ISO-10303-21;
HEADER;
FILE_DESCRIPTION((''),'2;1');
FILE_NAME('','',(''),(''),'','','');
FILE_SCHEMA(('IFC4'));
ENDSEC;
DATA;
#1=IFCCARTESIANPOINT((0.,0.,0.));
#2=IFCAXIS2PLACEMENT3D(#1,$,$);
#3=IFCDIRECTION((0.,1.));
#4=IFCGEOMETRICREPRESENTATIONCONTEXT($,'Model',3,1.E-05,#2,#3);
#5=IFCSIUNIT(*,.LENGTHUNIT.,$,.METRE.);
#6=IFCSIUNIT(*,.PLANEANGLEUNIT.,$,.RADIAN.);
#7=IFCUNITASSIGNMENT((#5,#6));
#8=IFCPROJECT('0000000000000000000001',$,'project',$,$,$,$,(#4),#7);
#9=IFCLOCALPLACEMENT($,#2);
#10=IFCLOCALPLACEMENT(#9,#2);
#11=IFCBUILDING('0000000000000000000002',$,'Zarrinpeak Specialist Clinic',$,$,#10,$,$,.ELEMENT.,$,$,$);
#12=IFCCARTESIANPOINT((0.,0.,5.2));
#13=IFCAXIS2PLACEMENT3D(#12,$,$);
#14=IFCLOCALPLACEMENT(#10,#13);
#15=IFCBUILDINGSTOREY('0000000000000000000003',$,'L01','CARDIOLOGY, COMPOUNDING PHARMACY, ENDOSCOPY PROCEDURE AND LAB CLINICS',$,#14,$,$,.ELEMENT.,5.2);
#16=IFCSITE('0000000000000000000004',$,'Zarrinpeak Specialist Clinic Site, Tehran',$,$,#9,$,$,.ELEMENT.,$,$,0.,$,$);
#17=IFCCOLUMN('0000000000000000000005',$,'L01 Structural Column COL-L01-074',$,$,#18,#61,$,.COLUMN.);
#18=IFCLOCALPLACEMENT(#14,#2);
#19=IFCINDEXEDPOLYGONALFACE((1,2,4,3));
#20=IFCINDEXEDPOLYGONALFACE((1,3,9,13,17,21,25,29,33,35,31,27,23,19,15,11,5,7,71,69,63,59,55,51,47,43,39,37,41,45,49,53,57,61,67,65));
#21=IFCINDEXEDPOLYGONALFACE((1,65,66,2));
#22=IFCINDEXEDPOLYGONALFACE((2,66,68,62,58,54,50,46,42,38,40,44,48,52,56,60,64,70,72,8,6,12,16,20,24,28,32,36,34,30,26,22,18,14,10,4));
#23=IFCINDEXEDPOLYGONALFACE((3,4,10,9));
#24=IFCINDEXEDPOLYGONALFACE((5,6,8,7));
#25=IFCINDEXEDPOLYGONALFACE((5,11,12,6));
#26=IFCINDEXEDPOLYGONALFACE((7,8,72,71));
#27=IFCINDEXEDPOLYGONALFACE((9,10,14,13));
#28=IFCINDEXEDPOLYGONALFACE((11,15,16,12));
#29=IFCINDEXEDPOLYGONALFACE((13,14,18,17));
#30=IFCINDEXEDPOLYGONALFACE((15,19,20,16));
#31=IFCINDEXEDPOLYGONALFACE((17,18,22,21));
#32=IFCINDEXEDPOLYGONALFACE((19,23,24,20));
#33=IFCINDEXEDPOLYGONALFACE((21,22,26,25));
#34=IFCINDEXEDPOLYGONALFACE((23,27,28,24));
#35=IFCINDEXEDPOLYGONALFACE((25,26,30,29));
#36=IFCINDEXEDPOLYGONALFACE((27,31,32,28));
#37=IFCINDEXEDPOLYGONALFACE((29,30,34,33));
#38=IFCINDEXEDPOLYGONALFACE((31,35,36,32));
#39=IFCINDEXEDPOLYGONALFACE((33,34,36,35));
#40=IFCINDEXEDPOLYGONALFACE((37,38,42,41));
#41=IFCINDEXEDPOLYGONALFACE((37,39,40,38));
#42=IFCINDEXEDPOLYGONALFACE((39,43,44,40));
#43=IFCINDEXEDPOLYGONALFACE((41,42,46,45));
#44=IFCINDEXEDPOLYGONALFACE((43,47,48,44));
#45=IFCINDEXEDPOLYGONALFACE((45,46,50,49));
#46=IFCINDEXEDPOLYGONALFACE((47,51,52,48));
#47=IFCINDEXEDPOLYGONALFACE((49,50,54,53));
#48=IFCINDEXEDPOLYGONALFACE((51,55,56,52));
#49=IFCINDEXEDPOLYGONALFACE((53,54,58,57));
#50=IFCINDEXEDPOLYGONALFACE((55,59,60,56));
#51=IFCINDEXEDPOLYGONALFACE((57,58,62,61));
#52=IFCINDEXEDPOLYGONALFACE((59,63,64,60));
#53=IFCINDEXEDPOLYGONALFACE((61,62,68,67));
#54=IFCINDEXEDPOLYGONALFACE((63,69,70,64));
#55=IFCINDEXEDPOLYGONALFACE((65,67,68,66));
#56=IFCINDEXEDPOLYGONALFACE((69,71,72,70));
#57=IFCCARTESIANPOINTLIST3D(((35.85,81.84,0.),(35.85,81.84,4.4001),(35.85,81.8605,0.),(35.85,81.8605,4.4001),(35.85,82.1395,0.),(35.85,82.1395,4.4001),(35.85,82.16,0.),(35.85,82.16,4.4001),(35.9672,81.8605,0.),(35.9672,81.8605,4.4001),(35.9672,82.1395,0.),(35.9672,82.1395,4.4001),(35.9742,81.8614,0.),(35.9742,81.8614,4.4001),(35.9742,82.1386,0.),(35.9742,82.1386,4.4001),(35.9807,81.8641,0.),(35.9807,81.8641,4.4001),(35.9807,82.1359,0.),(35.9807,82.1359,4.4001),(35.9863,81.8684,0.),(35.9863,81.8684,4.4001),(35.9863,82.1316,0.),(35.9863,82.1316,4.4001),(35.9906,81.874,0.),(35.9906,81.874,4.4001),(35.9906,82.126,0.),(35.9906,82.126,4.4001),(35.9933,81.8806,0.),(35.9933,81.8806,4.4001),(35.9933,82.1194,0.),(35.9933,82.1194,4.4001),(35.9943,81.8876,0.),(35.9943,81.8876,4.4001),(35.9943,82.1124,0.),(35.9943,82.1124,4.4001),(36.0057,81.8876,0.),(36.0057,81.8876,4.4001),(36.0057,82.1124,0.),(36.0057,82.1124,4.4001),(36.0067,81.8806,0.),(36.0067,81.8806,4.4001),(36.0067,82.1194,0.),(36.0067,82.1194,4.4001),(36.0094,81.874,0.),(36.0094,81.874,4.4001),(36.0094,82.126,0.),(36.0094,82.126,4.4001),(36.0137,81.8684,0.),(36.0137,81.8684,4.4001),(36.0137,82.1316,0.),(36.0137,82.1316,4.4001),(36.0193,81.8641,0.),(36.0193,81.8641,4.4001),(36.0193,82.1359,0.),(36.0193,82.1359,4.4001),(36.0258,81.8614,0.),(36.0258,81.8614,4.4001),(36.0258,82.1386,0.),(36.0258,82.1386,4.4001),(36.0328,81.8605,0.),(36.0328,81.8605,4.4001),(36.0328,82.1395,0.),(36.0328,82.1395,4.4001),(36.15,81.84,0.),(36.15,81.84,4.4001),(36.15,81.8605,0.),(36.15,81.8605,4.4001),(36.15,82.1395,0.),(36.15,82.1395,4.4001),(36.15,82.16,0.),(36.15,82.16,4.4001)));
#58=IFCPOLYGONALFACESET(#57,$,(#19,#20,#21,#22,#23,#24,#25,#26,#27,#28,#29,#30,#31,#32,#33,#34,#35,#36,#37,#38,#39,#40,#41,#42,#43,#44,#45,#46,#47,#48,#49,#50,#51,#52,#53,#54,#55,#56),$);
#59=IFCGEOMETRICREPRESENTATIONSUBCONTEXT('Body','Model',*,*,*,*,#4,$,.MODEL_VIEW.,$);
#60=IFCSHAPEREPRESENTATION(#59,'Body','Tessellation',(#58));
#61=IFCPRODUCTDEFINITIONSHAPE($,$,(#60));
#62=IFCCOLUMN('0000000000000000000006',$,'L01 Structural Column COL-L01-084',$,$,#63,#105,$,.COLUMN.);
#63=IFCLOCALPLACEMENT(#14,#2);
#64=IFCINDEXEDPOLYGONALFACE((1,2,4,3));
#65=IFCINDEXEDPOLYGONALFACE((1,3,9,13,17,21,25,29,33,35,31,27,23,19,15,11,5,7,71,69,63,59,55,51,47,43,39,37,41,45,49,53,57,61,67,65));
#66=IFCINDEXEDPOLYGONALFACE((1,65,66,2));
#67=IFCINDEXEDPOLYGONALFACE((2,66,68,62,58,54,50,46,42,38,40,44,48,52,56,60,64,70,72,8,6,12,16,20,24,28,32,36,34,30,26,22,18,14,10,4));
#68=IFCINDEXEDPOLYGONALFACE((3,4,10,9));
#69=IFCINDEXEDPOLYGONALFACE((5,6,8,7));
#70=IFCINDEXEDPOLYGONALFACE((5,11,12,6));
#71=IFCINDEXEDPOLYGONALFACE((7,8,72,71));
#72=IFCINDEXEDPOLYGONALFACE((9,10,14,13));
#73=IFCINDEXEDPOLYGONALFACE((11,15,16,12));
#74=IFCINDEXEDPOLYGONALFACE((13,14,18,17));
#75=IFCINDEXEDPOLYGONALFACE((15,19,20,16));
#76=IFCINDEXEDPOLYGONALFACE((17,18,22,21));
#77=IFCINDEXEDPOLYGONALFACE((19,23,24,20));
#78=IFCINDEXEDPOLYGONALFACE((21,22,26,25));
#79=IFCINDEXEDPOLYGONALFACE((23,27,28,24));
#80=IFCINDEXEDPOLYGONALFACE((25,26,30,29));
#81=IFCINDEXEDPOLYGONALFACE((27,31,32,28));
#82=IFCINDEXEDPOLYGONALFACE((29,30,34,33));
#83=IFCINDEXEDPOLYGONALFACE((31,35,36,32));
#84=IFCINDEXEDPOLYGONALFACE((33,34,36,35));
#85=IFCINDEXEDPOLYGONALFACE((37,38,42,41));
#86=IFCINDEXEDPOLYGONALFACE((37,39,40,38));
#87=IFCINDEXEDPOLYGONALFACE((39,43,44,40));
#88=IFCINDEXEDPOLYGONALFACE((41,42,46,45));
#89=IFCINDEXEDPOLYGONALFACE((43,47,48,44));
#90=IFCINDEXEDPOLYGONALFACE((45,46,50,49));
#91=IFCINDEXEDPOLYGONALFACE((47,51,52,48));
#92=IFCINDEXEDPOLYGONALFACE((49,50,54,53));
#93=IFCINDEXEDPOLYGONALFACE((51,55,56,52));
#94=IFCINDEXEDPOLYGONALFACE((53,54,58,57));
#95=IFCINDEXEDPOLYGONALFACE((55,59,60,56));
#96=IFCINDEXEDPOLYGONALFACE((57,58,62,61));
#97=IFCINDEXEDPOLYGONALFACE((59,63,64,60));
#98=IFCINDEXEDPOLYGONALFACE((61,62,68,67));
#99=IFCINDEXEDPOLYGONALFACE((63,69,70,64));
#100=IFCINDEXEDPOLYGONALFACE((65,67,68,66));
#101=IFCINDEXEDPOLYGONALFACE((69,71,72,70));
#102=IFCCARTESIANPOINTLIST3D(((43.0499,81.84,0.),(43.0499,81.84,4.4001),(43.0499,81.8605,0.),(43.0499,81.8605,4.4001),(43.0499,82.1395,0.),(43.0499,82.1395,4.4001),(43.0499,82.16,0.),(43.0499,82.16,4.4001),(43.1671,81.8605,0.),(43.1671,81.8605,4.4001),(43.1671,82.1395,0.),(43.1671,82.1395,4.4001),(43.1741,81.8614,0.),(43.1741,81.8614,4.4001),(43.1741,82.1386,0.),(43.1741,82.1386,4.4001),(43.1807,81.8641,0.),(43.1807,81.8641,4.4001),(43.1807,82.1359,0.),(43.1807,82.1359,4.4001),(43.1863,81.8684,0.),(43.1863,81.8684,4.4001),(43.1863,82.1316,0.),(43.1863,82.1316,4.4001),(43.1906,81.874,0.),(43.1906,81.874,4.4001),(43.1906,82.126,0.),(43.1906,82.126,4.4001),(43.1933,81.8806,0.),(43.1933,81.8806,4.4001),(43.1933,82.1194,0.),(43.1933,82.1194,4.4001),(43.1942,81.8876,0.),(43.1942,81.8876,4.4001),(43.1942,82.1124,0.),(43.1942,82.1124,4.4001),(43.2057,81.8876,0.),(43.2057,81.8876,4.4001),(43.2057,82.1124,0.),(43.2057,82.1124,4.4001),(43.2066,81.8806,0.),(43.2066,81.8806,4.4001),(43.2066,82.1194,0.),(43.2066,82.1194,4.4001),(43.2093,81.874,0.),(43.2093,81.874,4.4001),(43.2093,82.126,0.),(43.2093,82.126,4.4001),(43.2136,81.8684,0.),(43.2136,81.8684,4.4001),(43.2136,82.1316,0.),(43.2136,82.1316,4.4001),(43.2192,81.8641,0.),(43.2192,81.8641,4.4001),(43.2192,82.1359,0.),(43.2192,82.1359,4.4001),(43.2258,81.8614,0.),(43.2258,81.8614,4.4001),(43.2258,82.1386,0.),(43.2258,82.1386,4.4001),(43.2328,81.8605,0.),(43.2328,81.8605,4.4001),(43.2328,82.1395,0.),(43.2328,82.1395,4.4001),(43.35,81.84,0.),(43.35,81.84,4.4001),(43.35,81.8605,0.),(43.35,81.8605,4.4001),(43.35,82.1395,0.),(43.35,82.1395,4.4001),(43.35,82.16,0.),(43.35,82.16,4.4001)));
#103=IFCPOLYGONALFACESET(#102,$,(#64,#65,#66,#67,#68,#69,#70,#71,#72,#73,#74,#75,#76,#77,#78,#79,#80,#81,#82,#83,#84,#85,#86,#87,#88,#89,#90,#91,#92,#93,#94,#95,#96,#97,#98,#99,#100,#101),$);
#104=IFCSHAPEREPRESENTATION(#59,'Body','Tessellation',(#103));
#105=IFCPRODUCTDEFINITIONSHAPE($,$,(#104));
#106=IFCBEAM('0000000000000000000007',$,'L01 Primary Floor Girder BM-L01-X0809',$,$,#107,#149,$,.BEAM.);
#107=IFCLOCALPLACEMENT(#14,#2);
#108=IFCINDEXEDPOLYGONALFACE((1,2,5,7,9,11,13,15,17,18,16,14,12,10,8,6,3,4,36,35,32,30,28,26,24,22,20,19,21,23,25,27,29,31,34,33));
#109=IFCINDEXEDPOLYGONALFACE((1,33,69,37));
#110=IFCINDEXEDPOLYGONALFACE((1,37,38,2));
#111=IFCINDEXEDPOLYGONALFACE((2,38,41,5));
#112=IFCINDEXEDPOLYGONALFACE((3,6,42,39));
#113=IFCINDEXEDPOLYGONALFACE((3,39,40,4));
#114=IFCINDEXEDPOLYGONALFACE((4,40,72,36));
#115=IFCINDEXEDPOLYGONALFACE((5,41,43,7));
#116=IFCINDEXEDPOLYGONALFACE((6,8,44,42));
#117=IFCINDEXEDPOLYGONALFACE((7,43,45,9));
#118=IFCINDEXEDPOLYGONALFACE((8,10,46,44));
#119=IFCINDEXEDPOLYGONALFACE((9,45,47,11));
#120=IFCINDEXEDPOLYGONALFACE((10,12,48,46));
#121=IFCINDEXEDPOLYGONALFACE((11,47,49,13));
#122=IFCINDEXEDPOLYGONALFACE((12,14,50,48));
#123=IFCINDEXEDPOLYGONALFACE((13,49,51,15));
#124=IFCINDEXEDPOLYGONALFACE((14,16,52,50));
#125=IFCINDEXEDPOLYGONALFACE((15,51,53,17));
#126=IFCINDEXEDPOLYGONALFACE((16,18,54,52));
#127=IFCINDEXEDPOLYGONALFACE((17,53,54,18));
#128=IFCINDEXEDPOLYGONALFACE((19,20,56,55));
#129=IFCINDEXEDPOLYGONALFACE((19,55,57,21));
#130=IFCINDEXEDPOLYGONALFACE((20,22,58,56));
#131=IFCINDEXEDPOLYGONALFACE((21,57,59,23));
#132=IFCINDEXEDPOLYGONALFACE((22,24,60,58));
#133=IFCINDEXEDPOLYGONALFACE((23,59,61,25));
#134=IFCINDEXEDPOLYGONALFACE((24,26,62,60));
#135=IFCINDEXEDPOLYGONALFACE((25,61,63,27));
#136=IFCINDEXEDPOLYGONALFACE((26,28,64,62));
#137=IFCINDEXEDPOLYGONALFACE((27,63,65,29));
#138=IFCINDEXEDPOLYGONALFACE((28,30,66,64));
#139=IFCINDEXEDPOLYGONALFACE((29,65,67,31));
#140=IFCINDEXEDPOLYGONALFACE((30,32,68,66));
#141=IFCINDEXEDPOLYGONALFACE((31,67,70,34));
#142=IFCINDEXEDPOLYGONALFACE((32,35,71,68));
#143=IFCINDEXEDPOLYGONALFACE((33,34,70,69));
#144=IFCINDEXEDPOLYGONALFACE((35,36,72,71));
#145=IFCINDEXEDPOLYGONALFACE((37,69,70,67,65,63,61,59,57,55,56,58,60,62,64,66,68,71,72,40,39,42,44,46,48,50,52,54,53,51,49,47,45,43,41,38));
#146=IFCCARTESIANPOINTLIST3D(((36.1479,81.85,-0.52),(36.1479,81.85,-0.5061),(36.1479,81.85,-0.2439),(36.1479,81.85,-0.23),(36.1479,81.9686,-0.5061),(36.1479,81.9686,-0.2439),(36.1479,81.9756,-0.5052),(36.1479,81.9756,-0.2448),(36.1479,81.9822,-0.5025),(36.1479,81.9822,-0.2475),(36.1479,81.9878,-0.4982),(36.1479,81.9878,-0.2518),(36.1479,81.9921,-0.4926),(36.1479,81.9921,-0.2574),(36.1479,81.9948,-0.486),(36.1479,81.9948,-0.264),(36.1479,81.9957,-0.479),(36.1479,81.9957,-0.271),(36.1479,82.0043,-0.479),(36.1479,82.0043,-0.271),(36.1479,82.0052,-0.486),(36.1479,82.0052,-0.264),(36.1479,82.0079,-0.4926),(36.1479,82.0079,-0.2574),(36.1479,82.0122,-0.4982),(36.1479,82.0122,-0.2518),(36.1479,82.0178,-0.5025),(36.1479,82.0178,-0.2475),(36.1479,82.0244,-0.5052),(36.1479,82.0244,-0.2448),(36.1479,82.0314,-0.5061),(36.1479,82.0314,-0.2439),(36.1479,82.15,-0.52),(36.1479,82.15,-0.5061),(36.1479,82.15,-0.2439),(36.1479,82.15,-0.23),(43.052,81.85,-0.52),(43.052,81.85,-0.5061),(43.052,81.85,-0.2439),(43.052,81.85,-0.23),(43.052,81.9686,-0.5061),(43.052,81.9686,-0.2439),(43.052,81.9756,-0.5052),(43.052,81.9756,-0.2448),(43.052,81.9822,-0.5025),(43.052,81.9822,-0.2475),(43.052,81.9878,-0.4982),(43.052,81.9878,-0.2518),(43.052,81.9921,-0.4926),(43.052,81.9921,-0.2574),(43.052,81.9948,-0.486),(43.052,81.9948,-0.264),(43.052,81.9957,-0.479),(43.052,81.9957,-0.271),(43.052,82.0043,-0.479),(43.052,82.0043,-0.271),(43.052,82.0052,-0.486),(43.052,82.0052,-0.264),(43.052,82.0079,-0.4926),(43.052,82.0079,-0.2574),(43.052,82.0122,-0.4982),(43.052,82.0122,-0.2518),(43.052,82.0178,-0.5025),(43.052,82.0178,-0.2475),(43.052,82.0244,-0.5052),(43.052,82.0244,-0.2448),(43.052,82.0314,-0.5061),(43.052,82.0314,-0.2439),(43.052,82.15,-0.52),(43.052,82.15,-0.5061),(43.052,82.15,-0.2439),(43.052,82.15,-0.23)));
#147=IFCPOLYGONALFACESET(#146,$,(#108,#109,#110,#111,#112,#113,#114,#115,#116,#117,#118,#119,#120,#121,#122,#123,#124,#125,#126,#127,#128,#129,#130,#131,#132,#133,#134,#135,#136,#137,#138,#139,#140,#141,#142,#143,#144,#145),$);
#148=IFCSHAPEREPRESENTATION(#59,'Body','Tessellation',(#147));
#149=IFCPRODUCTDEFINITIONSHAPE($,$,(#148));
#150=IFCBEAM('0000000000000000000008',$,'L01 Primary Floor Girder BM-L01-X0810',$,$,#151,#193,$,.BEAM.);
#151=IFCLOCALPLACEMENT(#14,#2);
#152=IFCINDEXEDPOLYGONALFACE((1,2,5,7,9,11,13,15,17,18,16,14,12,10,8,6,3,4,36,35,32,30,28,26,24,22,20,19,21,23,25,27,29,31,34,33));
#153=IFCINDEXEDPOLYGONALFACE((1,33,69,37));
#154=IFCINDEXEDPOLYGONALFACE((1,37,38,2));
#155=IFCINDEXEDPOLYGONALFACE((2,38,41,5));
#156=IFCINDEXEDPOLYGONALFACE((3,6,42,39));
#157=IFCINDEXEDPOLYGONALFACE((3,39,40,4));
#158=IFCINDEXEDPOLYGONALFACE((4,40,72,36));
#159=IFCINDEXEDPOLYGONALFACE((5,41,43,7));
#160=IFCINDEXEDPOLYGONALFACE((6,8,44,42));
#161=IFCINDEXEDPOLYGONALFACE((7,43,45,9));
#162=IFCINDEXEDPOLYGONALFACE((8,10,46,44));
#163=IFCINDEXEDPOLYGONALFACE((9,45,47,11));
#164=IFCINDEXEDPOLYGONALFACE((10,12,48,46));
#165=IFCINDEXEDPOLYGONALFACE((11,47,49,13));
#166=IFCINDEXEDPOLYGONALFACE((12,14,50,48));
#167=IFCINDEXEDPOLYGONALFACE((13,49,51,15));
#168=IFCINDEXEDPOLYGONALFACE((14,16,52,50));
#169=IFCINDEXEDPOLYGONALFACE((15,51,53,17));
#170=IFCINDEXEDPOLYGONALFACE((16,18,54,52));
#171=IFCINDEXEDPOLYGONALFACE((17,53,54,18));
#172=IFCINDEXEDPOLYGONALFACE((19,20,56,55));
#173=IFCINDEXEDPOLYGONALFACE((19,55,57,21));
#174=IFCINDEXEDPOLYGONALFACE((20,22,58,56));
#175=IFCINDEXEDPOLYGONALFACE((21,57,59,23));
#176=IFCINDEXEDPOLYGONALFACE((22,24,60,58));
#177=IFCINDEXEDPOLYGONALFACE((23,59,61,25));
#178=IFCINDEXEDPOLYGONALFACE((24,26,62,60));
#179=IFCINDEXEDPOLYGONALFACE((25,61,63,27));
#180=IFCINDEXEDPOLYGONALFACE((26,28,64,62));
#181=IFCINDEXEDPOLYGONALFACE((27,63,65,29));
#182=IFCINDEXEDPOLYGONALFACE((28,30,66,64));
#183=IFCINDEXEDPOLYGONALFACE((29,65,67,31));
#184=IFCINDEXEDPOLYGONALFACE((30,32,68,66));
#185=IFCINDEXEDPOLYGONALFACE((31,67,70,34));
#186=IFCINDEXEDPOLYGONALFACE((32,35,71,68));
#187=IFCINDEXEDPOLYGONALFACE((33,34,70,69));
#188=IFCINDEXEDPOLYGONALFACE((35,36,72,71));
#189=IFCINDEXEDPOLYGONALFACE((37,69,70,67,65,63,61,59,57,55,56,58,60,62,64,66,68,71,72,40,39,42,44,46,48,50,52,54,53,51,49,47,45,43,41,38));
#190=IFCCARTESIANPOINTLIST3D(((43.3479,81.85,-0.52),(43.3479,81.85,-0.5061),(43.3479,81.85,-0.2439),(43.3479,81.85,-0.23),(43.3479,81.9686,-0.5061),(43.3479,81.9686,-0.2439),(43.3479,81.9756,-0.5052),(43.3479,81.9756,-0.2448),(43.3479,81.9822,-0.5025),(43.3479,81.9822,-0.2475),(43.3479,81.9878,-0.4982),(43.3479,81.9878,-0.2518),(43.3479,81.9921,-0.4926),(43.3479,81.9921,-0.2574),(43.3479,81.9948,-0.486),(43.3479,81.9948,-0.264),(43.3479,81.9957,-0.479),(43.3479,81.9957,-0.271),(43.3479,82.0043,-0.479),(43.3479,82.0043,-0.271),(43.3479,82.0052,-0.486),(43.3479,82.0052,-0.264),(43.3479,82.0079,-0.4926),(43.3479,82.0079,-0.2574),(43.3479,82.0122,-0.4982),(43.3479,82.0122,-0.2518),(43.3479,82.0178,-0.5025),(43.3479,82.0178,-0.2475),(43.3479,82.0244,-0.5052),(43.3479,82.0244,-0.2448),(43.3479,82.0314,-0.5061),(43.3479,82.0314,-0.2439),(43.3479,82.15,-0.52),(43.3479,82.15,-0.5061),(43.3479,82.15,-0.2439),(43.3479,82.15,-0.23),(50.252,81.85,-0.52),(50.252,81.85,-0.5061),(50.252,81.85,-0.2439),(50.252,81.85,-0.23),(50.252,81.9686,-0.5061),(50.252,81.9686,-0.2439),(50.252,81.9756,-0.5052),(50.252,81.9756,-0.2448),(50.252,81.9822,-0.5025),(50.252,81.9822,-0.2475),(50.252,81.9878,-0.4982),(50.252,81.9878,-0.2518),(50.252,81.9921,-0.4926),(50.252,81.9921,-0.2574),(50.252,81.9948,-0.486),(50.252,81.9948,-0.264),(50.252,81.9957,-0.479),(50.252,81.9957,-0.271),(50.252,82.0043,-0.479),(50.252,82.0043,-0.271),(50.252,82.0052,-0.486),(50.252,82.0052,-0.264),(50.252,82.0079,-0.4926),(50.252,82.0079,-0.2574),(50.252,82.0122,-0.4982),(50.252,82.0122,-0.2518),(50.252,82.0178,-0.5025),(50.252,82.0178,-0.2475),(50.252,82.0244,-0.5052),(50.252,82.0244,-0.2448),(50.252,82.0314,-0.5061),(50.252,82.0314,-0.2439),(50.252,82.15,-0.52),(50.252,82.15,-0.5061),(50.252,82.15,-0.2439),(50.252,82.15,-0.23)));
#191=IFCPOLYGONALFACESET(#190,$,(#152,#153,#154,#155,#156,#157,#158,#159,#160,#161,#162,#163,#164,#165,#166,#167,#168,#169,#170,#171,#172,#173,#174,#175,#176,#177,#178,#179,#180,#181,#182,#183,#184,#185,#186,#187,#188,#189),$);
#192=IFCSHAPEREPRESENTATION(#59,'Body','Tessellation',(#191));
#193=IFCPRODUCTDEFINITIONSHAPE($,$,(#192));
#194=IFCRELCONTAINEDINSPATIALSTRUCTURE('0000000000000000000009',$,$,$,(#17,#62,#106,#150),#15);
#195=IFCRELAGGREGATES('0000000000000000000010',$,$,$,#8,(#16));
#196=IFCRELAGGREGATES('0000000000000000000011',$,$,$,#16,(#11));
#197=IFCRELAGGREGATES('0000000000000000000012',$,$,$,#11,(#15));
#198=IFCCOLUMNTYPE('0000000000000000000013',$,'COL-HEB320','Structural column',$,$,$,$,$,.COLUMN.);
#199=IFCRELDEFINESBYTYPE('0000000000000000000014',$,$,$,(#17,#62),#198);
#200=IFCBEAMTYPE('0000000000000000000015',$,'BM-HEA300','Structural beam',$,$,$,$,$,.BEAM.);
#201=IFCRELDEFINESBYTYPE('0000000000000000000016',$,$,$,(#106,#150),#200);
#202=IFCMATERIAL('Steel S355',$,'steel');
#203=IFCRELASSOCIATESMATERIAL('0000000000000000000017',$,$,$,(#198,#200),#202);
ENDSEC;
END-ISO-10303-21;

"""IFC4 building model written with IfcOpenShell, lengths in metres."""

from ifc_helpers import new_model, si_unit, direction, frame, origin, origin_2d, place, context, subcontext, project, spatial, i_section, extrude, material, material_profile, profile_set, type_object, element, save


model = new_model("IFC4")

# Units and contexts
model_context = context("Model", 3, precision=1e-05, world=origin(), true_north=direction((0.0, 1.0)))
body_context = subcontext(model_context, "Body", "Model", "MODEL_VIEW")
ifc_project = project(units=[si_unit("LENGTHUNIT", "METRE"), si_unit("PLANEANGLEUNIT", "RADIAN")], contexts=[model_context])

# Site, building, storey
site_placement = place(None, origin())
site = spatial("IfcSite", under=ifc_project, at=site_placement, Name="Zarrinpeak Specialist Clinic Site, Tehran", CompositionType="ELEMENT", RefElevation=0.0)
building_placement = place(site_placement, origin())
building = spatial("IfcBuilding", under=site, at=building_placement, Name="Zarrinpeak Specialist Clinic", CompositionType="ELEMENT")
storey_placement = place(building_placement, frame((0.0, 0.0, 5.2)))
storey = spatial("IfcBuildingStorey", under=building, at=storey_placement, Name="L01", Description="CARDIOLOGY, COMPOUNDING PHARMACY, ENDOSCOPY PROCEDURE AND LAB CLINICS", CompositionType="ELEMENT", Elevation=5.2)

# Columns
ifc_material_1 = material(Name="Steel S355", Category="steel")
ifc_material_profile_1 = material_profile(ifc_material_1, i_section(OverallWidth=0.3, OverallDepth=0.3201, WebThickness=0.0115, FlangeThickness=0.0205, FilletRadius=0.0271, at=origin_2d()), Name="HEB 320")
ifc_profile_set_1 = profile_set([ifc_material_profile_1], Name="Steel S355")
column_type = type_object("IfcColumnType", Name="COL-HEB320", Description="Structural column", PredefinedType="COLUMN", material=ifc_profile_set_1)
for number, where, z_axis, x_axis, name in (
    (1, (36.0, 82.0, 0.0), (0.0, 0.0, 1.0), (1.0, 0.0, 0.0), "L01 Structural Column COL-L01-074"),
    (2, (43.2, 82.0, 0.0), (0.0, 0.0, 1.0), (1.0, 0.0, 0.0), "L01 Structural Column COL-L01-084"),
):
    element("IfcColumn", number, at=place(storey_placement, frame(where, z_axis=z_axis, x_axis=x_axis)), inside=storey, type_object=column_type, Name=name, PredefinedType="COLUMN", context=body_context, shape_type="SweptSolid", body=[
        extrude(i_section(OverallWidth=0.3, OverallDepth=0.3201, WebThickness=0.0115, FlangeThickness=0.0205, FilletRadius=0.0271, at=origin_2d()), origin(), (0.0, 0.0, 1.0), 4.4001),
    ])

# Beams
ifc_material_profile_2 = material_profile(ifc_material_1, i_section(OverallWidth=0.3, OverallDepth=0.29, WebThickness=0.0085, FlangeThickness=0.0139, FilletRadius=0.0271, at=origin_2d()), Name="HEA 300")
ifc_profile_set_2 = profile_set([ifc_material_profile_2], Name="Steel S355")
beam_type_1 = type_object("IfcBeamType", Name="BM-HEA300", Description="Structural beam", PredefinedType="BEAM", material=ifc_profile_set_2)
for number, where, z_axis, x_axis, name in (
    (3, (36.1479, 82.0, -0.375), (1.0, 0.0, 0.0), (0.0, 1.0, 0.0), "L01 Primary Floor Girder BM-L01-X0809"),
    (4, (43.3479, 82.0, -0.375), (1.0, 0.0, 0.0), (0.0, 1.0, 0.0), "L01 Primary Floor Girder BM-L01-X0810"),
):
    element("IfcBeam", number, at=place(storey_placement, frame(where, z_axis=z_axis, x_axis=x_axis)), inside=storey, type_object=beam_type_1, Name=name, PredefinedType="BEAM", context=body_context, shape_type="SweptSolid", body=[
        extrude(i_section(OverallWidth=0.3, OverallDepth=0.29, WebThickness=0.0085, FlangeThickness=0.0139, FilletRadius=0.0271, at=origin_2d()), origin(), (0.0, 0.0, 1.0), 6.9041),
    ])

save(model, "model.ifc")
